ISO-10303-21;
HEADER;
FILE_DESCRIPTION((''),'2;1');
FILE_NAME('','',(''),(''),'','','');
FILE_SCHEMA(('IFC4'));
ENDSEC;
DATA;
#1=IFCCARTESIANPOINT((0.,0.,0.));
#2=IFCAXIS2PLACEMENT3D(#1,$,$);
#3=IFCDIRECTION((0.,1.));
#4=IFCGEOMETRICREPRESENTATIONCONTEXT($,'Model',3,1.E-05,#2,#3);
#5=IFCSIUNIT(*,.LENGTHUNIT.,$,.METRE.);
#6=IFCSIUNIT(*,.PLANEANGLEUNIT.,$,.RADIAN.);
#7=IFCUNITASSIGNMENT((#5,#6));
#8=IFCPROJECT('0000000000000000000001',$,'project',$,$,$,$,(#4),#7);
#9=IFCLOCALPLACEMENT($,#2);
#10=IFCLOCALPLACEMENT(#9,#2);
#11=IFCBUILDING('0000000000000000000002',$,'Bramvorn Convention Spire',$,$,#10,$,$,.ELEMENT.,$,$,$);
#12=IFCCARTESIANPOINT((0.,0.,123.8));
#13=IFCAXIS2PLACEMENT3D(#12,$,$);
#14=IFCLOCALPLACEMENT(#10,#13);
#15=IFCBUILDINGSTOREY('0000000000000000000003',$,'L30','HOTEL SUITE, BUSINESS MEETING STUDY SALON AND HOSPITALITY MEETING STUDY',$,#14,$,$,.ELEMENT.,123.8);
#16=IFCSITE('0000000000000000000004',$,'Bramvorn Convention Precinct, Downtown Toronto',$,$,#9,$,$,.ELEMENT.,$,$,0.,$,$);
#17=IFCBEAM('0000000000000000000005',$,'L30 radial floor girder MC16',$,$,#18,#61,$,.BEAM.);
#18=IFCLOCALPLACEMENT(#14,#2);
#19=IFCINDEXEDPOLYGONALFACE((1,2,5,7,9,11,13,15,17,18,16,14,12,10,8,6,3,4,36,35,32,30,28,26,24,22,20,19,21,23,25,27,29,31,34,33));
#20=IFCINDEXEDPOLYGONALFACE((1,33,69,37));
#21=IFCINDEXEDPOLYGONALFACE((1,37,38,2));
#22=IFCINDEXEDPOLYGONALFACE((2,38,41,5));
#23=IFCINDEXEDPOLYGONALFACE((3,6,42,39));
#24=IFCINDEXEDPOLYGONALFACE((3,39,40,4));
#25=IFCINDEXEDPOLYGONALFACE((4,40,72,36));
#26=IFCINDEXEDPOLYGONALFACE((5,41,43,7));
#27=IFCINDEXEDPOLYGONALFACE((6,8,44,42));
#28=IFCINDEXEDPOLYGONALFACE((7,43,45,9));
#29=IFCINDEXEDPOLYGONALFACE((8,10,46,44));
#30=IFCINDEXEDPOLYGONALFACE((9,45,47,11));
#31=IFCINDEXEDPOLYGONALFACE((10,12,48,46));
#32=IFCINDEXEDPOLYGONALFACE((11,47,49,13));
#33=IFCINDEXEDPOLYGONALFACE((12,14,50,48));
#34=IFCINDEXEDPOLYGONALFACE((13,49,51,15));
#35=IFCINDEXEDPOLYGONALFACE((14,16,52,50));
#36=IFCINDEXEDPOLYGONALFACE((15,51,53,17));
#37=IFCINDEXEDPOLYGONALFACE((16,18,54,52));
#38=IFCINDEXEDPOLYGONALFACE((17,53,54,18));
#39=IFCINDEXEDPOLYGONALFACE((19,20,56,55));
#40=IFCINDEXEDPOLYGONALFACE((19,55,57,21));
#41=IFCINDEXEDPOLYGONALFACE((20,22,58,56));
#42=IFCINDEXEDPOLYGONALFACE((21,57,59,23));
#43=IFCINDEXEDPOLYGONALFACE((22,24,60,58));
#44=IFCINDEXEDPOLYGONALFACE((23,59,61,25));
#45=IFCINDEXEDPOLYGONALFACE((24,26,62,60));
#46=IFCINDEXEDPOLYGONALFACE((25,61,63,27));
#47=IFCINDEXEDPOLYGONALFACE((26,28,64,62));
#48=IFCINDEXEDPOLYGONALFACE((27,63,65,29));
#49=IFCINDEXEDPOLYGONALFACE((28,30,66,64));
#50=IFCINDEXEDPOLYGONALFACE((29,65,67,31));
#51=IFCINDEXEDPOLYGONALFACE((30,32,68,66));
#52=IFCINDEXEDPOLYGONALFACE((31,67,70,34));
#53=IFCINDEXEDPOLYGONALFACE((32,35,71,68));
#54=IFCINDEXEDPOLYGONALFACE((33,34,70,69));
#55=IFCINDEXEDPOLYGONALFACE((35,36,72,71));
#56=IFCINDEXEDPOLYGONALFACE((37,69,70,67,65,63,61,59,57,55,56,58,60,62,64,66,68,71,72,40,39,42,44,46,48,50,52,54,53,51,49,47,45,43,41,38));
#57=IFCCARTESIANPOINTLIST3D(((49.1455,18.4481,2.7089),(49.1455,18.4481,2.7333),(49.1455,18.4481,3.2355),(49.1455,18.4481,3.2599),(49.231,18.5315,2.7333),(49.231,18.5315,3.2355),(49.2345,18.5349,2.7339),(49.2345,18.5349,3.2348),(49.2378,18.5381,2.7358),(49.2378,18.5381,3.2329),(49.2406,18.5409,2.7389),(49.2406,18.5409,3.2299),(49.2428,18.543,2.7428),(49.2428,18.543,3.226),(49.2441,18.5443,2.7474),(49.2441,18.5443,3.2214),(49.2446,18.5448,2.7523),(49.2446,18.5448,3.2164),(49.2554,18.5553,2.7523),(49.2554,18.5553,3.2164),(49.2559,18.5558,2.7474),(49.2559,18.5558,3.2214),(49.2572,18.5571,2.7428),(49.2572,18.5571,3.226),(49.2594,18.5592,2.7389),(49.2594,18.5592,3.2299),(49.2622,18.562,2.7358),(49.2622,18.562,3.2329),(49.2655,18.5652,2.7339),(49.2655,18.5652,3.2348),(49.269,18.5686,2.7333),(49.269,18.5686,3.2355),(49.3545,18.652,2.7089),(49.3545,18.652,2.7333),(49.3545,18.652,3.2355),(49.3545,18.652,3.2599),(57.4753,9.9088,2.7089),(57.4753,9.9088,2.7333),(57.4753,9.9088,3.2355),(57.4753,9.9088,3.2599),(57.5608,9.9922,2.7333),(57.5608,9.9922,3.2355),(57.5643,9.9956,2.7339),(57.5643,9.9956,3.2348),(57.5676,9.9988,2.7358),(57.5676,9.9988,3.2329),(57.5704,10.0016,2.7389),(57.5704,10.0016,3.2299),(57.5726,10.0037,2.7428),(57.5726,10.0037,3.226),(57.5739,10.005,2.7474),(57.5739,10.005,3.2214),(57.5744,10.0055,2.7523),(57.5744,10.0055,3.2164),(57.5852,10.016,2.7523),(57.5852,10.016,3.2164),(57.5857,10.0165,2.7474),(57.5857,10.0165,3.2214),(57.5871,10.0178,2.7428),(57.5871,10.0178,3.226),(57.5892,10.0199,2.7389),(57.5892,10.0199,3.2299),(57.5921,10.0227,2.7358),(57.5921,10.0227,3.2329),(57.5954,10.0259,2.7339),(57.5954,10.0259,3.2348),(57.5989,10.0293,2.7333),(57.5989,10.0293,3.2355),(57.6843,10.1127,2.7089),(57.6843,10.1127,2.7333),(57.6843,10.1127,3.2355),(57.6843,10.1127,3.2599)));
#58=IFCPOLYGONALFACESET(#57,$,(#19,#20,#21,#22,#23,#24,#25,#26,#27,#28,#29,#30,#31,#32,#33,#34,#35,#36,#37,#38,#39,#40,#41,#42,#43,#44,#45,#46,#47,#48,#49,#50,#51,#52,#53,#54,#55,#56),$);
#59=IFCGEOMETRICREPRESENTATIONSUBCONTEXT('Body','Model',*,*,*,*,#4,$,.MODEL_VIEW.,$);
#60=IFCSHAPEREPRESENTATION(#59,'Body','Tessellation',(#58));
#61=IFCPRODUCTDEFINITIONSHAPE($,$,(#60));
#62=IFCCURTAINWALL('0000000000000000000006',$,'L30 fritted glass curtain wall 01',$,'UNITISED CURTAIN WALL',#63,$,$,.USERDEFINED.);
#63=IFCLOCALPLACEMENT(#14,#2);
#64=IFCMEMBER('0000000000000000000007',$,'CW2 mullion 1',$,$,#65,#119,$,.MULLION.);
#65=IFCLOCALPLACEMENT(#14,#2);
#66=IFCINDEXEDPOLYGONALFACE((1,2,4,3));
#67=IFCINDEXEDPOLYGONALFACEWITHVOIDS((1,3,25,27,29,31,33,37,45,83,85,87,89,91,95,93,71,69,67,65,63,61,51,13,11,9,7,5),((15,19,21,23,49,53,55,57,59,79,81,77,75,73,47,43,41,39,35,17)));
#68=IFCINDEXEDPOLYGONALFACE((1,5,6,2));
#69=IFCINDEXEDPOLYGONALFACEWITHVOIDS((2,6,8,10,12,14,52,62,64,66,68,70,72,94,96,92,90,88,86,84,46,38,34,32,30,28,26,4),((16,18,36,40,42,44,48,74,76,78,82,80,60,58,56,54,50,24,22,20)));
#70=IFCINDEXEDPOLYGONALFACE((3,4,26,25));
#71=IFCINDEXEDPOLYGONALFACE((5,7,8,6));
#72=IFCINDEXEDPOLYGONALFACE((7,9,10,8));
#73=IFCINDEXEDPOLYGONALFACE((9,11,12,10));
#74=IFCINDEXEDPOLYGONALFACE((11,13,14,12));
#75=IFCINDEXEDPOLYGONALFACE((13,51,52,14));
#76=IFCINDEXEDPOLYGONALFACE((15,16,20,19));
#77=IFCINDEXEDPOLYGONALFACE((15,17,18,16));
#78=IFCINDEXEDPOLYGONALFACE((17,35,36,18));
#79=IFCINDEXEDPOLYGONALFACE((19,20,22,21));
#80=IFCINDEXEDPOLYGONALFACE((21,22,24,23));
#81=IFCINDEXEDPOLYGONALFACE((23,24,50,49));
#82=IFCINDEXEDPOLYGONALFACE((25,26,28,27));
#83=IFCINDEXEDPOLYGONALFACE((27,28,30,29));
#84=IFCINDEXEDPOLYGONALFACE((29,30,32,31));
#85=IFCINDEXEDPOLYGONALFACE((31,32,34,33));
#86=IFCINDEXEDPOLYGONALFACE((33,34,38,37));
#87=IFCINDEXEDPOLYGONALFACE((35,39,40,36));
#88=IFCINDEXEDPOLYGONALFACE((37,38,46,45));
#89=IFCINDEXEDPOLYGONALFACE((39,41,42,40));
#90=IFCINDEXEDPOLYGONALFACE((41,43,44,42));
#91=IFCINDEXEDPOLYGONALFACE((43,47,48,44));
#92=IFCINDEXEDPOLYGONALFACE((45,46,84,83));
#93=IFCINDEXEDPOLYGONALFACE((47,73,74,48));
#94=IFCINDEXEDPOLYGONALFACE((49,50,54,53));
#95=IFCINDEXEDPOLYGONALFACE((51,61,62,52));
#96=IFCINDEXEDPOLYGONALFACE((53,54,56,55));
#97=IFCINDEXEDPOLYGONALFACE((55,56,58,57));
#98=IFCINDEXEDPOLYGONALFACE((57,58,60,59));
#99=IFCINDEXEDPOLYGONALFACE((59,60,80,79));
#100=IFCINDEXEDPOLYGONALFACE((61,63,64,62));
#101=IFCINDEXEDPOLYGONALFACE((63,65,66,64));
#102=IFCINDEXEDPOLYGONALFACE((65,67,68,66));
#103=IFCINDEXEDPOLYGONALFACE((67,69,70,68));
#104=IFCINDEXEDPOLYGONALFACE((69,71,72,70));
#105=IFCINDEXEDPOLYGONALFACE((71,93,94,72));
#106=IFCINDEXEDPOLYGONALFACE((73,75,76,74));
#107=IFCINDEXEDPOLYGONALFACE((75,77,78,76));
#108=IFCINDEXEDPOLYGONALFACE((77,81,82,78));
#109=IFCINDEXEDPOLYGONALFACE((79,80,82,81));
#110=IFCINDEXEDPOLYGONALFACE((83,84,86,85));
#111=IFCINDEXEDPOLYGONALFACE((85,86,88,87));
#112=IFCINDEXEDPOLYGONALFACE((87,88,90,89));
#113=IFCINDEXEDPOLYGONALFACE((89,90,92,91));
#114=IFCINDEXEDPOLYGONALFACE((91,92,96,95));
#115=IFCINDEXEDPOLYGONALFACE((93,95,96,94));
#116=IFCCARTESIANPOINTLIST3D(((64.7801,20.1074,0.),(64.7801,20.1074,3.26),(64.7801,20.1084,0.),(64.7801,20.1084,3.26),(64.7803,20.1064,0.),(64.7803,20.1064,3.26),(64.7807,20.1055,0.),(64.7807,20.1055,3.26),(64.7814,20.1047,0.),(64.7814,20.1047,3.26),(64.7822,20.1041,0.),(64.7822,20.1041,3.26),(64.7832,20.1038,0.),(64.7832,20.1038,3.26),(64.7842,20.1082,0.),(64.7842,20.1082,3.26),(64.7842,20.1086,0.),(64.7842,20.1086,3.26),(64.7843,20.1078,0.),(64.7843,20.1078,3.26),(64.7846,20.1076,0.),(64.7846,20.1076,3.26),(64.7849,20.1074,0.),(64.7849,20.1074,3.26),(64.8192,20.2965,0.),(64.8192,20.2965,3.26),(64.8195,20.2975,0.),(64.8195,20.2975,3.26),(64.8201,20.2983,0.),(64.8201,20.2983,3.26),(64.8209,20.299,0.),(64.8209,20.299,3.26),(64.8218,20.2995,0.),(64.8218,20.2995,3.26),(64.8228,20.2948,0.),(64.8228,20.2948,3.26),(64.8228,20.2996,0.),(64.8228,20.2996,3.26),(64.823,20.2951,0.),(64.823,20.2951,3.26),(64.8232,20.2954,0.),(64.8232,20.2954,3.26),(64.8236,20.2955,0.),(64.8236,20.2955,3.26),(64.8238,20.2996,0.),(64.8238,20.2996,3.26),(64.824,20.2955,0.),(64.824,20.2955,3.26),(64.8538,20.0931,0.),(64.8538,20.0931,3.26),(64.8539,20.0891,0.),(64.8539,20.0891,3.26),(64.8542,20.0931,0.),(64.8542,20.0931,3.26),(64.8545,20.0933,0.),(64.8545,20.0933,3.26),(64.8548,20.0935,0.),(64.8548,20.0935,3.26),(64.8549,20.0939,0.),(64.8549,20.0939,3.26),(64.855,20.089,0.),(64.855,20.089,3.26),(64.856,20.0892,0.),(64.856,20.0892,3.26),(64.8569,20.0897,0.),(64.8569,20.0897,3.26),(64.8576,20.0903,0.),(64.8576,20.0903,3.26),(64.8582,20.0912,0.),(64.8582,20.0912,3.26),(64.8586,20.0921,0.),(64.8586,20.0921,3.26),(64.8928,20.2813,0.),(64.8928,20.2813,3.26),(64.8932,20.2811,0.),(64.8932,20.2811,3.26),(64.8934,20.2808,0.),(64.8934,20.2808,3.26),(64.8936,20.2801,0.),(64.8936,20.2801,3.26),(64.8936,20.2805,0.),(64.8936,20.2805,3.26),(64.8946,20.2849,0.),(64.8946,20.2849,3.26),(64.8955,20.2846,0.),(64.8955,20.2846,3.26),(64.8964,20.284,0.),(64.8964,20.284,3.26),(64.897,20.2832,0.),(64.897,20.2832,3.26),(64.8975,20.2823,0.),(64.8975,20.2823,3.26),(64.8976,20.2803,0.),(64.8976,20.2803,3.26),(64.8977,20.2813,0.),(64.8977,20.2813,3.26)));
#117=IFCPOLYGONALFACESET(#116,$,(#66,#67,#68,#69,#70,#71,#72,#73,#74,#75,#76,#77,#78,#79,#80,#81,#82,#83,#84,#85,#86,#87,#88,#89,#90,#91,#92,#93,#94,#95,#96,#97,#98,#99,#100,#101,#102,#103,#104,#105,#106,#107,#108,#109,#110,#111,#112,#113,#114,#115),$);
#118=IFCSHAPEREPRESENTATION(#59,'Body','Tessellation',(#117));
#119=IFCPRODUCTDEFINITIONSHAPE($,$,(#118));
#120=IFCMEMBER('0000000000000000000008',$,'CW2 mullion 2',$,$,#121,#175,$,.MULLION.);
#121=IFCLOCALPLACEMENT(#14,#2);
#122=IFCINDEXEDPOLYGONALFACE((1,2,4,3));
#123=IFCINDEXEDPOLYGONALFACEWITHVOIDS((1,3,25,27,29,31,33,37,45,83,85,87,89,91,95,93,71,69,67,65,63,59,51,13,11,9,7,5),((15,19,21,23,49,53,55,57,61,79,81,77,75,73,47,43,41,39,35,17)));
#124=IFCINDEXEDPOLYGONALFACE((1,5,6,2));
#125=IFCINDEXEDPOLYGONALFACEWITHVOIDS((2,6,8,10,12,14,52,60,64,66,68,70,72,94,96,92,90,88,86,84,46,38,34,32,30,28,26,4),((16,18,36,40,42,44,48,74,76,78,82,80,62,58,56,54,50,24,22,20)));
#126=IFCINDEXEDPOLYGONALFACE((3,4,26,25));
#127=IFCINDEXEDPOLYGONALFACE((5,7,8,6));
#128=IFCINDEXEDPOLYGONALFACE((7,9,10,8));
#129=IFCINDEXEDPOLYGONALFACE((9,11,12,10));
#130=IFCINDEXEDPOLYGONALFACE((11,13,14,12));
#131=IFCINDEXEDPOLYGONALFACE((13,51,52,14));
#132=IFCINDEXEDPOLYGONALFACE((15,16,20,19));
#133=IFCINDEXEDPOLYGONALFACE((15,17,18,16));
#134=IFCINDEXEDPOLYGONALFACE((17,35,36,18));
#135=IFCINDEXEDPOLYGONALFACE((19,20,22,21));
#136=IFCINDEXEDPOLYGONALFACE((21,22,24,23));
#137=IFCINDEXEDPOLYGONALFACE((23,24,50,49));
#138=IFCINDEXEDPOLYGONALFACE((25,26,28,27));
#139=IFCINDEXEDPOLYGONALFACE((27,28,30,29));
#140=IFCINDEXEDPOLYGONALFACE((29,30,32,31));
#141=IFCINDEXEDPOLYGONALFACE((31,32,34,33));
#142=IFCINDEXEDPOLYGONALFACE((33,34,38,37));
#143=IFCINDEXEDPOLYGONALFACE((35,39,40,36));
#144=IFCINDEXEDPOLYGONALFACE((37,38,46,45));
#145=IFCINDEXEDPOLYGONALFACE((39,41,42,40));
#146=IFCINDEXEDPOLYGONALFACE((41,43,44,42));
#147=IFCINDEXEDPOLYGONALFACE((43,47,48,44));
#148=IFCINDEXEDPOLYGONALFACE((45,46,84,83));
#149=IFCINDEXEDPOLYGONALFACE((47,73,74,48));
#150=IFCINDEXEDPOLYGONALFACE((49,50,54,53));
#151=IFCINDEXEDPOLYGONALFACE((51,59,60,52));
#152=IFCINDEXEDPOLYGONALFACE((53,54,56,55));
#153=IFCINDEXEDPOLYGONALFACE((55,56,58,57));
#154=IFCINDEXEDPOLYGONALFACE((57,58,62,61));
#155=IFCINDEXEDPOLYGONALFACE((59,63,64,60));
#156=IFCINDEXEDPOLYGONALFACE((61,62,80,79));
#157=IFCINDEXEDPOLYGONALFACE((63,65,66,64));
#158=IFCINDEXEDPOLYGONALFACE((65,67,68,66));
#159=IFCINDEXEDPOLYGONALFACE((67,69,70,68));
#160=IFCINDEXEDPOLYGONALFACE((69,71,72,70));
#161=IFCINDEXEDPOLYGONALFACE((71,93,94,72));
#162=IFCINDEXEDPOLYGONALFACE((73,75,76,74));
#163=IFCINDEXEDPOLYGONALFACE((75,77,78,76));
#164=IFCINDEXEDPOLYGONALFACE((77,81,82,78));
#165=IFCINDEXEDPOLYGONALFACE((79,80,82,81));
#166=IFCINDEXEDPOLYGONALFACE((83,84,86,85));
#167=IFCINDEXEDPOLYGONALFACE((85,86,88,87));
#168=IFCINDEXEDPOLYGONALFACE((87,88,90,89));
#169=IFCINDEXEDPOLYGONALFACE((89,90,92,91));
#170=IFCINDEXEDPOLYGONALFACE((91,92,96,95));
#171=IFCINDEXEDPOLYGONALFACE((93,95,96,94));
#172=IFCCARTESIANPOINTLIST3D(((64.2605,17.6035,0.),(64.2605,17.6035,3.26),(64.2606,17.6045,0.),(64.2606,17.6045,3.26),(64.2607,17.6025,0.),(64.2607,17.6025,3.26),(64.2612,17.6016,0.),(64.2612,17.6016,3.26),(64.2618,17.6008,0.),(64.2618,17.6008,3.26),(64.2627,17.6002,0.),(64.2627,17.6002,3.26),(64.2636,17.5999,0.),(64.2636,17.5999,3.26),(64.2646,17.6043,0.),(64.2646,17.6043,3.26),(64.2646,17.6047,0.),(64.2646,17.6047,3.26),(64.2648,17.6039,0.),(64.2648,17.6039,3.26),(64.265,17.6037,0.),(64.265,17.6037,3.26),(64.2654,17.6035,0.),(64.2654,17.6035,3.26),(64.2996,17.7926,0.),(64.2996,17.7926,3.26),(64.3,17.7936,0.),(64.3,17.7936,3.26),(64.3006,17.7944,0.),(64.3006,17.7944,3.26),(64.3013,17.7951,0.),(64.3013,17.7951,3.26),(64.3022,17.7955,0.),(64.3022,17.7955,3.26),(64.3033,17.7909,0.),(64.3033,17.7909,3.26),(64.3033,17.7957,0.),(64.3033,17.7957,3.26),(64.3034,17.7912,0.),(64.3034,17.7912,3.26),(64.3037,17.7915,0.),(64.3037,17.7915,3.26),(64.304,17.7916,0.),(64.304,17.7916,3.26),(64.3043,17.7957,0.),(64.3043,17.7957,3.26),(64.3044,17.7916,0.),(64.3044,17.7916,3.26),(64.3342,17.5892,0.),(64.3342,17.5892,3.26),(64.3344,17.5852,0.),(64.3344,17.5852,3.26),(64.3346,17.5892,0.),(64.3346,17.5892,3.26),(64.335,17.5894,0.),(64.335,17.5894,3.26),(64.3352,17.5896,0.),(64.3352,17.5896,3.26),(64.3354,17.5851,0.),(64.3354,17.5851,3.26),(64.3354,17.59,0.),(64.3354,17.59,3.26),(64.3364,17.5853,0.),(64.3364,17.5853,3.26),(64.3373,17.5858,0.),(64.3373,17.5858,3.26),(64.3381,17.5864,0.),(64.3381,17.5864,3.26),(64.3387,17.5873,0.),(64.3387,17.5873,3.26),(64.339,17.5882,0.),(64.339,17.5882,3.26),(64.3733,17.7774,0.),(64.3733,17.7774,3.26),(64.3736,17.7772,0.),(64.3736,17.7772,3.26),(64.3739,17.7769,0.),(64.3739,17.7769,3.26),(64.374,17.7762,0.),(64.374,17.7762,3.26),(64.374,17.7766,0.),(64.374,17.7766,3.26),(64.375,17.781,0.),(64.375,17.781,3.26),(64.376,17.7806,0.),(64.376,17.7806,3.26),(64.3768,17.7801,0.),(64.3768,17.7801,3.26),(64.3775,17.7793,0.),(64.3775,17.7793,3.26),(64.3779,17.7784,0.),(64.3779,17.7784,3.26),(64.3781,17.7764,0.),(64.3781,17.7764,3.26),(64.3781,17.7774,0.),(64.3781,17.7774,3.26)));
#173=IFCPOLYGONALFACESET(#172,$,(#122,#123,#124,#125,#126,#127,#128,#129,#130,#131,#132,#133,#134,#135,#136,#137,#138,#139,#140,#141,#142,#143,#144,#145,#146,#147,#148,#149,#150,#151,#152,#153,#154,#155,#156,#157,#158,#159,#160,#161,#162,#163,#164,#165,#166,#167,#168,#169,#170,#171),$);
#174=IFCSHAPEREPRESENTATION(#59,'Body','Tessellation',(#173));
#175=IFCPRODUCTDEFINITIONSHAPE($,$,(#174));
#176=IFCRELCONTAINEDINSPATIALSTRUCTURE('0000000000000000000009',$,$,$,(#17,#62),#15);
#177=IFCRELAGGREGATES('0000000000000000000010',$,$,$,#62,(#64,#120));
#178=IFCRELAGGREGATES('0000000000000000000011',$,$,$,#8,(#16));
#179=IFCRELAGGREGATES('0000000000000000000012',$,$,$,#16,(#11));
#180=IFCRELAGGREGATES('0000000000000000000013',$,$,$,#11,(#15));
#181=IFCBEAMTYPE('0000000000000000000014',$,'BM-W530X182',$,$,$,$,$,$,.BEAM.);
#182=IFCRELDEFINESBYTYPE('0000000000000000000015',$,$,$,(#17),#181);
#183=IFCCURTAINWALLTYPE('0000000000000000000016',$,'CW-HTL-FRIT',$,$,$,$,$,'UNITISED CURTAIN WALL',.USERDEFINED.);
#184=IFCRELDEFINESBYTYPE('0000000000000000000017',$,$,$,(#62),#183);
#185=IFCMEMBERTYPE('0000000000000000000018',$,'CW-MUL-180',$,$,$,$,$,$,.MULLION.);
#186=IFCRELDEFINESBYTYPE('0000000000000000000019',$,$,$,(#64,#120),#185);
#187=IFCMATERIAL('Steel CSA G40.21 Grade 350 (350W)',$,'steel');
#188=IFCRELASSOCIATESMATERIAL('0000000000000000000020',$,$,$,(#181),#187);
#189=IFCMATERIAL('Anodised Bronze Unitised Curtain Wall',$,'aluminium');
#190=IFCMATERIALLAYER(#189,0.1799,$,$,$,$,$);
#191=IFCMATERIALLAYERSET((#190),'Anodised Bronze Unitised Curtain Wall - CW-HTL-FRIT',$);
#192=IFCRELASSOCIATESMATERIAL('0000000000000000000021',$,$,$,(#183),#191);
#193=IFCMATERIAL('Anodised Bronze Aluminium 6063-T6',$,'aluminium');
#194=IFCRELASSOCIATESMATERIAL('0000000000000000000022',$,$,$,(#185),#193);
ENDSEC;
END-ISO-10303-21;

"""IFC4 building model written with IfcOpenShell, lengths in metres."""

from ifc_helpers import new_model, si_unit, direction, frame, origin, origin_2d, place, context, subcontext, project, spatial, hollow_rectangle, i_section, extrude, material, layer, layer_set, material_profile, profile_set, type_object, element, aggregate, save


model = new_model("IFC4")

# Units and contexts
model_context = context("Model", 3, precision=1e-05, world=origin(), true_north=direction((0.0, 1.0)))
body_context = subcontext(model_context, "Body", "Model", "MODEL_VIEW")
ifc_project = project(units=[si_unit("LENGTHUNIT", "METRE"), si_unit("PLANEANGLEUNIT", "RADIAN")], contexts=[model_context])

# Site, building, storey
site_placement = place(None, origin())
site = spatial("IfcSite", under=ifc_project, at=site_placement, Name="Bramvorn Convention Precinct, Downtown Toronto", CompositionType="ELEMENT", RefElevation=0.0)
building_placement = place(site_placement, origin())
building = spatial("IfcBuilding", under=site, at=building_placement, Name="Bramvorn Convention Spire", CompositionType="ELEMENT")
storey_placement = place(building_placement, frame((0.0, 0.0, 123.8)))
storey = spatial("IfcBuildingStorey", under=building, at=storey_placement, Name="L30", Description="HOTEL SUITE, BUSINESS MEETING STUDY SALON AND HOSPITALITY MEETING STUDY", CompositionType="ELEMENT", Elevation=123.8)

# Beam
ifc_material_1 = material(Name="Steel CSA G40.21 Grade 350 (350W)", Category="steel")
ifc_material_profile_1 = material_profile(ifc_material_1, i_section(OverallWidth=0.292, OverallDepth=0.551, WebThickness=0.0151, FlangeThickness=0.0244, FilletRadius=0.019, at=origin_2d()))
ifc_profile_set_1 = profile_set([ifc_material_profile_1], Name="Steel CSA G40.21 Grade 350 (350W) - W530X182")
beam_type_1 = type_object("IfcBeamType", Name="BM-W530X182", PredefinedType="BEAM", material=ifc_profile_set_1)
beam_1_placement = place(storey_placement, frame((49.25, 18.55, 2.9844), z_axis=(0.698272, -0.715832, 0.0), x_axis=(0.715832, 0.698272, 0.0)))
element("IfcBeam", 1, at=beam_1_placement, inside=storey, type_object=beam_type_1, Name="L30 radial floor girder MC16", PredefinedType="BEAM", context=body_context, shape_type="SweptSolid", body=[
    extrude(i_section(OverallWidth=0.292, OverallDepth=0.551, WebThickness=0.0151, FlangeThickness=0.0244, FilletRadius=0.019, at=origin_2d()), origin(), (0.0, 0.0, 1.0), 11.9292),
])

# Curtain wall, members
ifc_material_2 = material(Name="Anodised Bronze Unitised Curtain Wall", Category="aluminium")
ifc_layer_1 = layer(ifc_material_2, 0.1799)
ifc_layer_set_1 = layer_set([ifc_layer_1], Name="Anodised Bronze Unitised Curtain Wall - CW-HTL-FRIT")
curtain_wall_type = type_object("IfcCurtainWallType", Name="CW-HTL-FRIT", ElementType="UNITISED CURTAIN WALL", PredefinedType="USERDEFINED", material=ifc_layer_set_1)
curtain_wall_1_placement = place(storey_placement, origin())
curtain_wall_1 = element("IfcCurtainWall", 2, at=curtain_wall_1_placement, inside=storey, type_object=curtain_wall_type, Name="L30 fritted glass curtain wall 01", ObjectType="UNITISED CURTAIN WALL", PredefinedType="USERDEFINED")
ifc_material_3 = material(Name="Anodised Bronze Aluminium 6063-T6", Category="aluminium")
ifc_material_profile_2 = material_profile(ifc_material_3, hollow_rectangle(XDim=0.0801, YDim=0.2, WallThickness=0.0039, InnerFilletRadius=0.001, OuterFilletRadius=0.0039, at=origin_2d()))
ifc_profile_set_2 = profile_set([ifc_material_profile_2], Name="Anodised Bronze Aluminium 6063-T6 - CWM80X200")
member_type_1 = type_object("IfcMemberType", Name="CW-MUL-180", PredefinedType="MULLION", material=ifc_profile_set_2)
member_1_placement = place(storey_placement, frame((64.8389, 20.1943, 0.0), z_axis=(0.0, 0.0, 1.0), x_axis=(0.979147, -0.203154, 0.0)))
member_1 = element("IfcMember", 3, at=member_1_placement, type_object=member_type_1, Name="CW2 mullion 1", PredefinedType="MULLION", context=body_context, shape_type="SweptSolid", body=[
    extrude(hollow_rectangle(XDim=0.0801, YDim=0.2, WallThickness=0.0039, InnerFilletRadius=0.001, OuterFilletRadius=0.0039, at=origin_2d()), origin(), (0.0, 0.0, 1.0), 3.26),
])
member_2_placement = place(storey_placement, frame((64.3193, 17.6904, 0.0), z_axis=(0.0, 0.0, 1.0), x_axis=(0.979147, -0.203154, 0.0)))
member_2 = element("IfcMember", 4, at=member_2_placement, type_object=member_type_1, Name="CW2 mullion 2", PredefinedType="MULLION", context=body_context, shape_type="SweptSolid", body=[
    extrude(hollow_rectangle(XDim=0.0801, YDim=0.2, WallThickness=0.0039, InnerFilletRadius=0.001, OuterFilletRadius=0.0039, at=origin_2d()), origin(), (0.0, 0.0, 1.0), 3.26),
])

aggregate(curtain_wall_1, [member_1, member_2])

save(model, "model.ifc")
